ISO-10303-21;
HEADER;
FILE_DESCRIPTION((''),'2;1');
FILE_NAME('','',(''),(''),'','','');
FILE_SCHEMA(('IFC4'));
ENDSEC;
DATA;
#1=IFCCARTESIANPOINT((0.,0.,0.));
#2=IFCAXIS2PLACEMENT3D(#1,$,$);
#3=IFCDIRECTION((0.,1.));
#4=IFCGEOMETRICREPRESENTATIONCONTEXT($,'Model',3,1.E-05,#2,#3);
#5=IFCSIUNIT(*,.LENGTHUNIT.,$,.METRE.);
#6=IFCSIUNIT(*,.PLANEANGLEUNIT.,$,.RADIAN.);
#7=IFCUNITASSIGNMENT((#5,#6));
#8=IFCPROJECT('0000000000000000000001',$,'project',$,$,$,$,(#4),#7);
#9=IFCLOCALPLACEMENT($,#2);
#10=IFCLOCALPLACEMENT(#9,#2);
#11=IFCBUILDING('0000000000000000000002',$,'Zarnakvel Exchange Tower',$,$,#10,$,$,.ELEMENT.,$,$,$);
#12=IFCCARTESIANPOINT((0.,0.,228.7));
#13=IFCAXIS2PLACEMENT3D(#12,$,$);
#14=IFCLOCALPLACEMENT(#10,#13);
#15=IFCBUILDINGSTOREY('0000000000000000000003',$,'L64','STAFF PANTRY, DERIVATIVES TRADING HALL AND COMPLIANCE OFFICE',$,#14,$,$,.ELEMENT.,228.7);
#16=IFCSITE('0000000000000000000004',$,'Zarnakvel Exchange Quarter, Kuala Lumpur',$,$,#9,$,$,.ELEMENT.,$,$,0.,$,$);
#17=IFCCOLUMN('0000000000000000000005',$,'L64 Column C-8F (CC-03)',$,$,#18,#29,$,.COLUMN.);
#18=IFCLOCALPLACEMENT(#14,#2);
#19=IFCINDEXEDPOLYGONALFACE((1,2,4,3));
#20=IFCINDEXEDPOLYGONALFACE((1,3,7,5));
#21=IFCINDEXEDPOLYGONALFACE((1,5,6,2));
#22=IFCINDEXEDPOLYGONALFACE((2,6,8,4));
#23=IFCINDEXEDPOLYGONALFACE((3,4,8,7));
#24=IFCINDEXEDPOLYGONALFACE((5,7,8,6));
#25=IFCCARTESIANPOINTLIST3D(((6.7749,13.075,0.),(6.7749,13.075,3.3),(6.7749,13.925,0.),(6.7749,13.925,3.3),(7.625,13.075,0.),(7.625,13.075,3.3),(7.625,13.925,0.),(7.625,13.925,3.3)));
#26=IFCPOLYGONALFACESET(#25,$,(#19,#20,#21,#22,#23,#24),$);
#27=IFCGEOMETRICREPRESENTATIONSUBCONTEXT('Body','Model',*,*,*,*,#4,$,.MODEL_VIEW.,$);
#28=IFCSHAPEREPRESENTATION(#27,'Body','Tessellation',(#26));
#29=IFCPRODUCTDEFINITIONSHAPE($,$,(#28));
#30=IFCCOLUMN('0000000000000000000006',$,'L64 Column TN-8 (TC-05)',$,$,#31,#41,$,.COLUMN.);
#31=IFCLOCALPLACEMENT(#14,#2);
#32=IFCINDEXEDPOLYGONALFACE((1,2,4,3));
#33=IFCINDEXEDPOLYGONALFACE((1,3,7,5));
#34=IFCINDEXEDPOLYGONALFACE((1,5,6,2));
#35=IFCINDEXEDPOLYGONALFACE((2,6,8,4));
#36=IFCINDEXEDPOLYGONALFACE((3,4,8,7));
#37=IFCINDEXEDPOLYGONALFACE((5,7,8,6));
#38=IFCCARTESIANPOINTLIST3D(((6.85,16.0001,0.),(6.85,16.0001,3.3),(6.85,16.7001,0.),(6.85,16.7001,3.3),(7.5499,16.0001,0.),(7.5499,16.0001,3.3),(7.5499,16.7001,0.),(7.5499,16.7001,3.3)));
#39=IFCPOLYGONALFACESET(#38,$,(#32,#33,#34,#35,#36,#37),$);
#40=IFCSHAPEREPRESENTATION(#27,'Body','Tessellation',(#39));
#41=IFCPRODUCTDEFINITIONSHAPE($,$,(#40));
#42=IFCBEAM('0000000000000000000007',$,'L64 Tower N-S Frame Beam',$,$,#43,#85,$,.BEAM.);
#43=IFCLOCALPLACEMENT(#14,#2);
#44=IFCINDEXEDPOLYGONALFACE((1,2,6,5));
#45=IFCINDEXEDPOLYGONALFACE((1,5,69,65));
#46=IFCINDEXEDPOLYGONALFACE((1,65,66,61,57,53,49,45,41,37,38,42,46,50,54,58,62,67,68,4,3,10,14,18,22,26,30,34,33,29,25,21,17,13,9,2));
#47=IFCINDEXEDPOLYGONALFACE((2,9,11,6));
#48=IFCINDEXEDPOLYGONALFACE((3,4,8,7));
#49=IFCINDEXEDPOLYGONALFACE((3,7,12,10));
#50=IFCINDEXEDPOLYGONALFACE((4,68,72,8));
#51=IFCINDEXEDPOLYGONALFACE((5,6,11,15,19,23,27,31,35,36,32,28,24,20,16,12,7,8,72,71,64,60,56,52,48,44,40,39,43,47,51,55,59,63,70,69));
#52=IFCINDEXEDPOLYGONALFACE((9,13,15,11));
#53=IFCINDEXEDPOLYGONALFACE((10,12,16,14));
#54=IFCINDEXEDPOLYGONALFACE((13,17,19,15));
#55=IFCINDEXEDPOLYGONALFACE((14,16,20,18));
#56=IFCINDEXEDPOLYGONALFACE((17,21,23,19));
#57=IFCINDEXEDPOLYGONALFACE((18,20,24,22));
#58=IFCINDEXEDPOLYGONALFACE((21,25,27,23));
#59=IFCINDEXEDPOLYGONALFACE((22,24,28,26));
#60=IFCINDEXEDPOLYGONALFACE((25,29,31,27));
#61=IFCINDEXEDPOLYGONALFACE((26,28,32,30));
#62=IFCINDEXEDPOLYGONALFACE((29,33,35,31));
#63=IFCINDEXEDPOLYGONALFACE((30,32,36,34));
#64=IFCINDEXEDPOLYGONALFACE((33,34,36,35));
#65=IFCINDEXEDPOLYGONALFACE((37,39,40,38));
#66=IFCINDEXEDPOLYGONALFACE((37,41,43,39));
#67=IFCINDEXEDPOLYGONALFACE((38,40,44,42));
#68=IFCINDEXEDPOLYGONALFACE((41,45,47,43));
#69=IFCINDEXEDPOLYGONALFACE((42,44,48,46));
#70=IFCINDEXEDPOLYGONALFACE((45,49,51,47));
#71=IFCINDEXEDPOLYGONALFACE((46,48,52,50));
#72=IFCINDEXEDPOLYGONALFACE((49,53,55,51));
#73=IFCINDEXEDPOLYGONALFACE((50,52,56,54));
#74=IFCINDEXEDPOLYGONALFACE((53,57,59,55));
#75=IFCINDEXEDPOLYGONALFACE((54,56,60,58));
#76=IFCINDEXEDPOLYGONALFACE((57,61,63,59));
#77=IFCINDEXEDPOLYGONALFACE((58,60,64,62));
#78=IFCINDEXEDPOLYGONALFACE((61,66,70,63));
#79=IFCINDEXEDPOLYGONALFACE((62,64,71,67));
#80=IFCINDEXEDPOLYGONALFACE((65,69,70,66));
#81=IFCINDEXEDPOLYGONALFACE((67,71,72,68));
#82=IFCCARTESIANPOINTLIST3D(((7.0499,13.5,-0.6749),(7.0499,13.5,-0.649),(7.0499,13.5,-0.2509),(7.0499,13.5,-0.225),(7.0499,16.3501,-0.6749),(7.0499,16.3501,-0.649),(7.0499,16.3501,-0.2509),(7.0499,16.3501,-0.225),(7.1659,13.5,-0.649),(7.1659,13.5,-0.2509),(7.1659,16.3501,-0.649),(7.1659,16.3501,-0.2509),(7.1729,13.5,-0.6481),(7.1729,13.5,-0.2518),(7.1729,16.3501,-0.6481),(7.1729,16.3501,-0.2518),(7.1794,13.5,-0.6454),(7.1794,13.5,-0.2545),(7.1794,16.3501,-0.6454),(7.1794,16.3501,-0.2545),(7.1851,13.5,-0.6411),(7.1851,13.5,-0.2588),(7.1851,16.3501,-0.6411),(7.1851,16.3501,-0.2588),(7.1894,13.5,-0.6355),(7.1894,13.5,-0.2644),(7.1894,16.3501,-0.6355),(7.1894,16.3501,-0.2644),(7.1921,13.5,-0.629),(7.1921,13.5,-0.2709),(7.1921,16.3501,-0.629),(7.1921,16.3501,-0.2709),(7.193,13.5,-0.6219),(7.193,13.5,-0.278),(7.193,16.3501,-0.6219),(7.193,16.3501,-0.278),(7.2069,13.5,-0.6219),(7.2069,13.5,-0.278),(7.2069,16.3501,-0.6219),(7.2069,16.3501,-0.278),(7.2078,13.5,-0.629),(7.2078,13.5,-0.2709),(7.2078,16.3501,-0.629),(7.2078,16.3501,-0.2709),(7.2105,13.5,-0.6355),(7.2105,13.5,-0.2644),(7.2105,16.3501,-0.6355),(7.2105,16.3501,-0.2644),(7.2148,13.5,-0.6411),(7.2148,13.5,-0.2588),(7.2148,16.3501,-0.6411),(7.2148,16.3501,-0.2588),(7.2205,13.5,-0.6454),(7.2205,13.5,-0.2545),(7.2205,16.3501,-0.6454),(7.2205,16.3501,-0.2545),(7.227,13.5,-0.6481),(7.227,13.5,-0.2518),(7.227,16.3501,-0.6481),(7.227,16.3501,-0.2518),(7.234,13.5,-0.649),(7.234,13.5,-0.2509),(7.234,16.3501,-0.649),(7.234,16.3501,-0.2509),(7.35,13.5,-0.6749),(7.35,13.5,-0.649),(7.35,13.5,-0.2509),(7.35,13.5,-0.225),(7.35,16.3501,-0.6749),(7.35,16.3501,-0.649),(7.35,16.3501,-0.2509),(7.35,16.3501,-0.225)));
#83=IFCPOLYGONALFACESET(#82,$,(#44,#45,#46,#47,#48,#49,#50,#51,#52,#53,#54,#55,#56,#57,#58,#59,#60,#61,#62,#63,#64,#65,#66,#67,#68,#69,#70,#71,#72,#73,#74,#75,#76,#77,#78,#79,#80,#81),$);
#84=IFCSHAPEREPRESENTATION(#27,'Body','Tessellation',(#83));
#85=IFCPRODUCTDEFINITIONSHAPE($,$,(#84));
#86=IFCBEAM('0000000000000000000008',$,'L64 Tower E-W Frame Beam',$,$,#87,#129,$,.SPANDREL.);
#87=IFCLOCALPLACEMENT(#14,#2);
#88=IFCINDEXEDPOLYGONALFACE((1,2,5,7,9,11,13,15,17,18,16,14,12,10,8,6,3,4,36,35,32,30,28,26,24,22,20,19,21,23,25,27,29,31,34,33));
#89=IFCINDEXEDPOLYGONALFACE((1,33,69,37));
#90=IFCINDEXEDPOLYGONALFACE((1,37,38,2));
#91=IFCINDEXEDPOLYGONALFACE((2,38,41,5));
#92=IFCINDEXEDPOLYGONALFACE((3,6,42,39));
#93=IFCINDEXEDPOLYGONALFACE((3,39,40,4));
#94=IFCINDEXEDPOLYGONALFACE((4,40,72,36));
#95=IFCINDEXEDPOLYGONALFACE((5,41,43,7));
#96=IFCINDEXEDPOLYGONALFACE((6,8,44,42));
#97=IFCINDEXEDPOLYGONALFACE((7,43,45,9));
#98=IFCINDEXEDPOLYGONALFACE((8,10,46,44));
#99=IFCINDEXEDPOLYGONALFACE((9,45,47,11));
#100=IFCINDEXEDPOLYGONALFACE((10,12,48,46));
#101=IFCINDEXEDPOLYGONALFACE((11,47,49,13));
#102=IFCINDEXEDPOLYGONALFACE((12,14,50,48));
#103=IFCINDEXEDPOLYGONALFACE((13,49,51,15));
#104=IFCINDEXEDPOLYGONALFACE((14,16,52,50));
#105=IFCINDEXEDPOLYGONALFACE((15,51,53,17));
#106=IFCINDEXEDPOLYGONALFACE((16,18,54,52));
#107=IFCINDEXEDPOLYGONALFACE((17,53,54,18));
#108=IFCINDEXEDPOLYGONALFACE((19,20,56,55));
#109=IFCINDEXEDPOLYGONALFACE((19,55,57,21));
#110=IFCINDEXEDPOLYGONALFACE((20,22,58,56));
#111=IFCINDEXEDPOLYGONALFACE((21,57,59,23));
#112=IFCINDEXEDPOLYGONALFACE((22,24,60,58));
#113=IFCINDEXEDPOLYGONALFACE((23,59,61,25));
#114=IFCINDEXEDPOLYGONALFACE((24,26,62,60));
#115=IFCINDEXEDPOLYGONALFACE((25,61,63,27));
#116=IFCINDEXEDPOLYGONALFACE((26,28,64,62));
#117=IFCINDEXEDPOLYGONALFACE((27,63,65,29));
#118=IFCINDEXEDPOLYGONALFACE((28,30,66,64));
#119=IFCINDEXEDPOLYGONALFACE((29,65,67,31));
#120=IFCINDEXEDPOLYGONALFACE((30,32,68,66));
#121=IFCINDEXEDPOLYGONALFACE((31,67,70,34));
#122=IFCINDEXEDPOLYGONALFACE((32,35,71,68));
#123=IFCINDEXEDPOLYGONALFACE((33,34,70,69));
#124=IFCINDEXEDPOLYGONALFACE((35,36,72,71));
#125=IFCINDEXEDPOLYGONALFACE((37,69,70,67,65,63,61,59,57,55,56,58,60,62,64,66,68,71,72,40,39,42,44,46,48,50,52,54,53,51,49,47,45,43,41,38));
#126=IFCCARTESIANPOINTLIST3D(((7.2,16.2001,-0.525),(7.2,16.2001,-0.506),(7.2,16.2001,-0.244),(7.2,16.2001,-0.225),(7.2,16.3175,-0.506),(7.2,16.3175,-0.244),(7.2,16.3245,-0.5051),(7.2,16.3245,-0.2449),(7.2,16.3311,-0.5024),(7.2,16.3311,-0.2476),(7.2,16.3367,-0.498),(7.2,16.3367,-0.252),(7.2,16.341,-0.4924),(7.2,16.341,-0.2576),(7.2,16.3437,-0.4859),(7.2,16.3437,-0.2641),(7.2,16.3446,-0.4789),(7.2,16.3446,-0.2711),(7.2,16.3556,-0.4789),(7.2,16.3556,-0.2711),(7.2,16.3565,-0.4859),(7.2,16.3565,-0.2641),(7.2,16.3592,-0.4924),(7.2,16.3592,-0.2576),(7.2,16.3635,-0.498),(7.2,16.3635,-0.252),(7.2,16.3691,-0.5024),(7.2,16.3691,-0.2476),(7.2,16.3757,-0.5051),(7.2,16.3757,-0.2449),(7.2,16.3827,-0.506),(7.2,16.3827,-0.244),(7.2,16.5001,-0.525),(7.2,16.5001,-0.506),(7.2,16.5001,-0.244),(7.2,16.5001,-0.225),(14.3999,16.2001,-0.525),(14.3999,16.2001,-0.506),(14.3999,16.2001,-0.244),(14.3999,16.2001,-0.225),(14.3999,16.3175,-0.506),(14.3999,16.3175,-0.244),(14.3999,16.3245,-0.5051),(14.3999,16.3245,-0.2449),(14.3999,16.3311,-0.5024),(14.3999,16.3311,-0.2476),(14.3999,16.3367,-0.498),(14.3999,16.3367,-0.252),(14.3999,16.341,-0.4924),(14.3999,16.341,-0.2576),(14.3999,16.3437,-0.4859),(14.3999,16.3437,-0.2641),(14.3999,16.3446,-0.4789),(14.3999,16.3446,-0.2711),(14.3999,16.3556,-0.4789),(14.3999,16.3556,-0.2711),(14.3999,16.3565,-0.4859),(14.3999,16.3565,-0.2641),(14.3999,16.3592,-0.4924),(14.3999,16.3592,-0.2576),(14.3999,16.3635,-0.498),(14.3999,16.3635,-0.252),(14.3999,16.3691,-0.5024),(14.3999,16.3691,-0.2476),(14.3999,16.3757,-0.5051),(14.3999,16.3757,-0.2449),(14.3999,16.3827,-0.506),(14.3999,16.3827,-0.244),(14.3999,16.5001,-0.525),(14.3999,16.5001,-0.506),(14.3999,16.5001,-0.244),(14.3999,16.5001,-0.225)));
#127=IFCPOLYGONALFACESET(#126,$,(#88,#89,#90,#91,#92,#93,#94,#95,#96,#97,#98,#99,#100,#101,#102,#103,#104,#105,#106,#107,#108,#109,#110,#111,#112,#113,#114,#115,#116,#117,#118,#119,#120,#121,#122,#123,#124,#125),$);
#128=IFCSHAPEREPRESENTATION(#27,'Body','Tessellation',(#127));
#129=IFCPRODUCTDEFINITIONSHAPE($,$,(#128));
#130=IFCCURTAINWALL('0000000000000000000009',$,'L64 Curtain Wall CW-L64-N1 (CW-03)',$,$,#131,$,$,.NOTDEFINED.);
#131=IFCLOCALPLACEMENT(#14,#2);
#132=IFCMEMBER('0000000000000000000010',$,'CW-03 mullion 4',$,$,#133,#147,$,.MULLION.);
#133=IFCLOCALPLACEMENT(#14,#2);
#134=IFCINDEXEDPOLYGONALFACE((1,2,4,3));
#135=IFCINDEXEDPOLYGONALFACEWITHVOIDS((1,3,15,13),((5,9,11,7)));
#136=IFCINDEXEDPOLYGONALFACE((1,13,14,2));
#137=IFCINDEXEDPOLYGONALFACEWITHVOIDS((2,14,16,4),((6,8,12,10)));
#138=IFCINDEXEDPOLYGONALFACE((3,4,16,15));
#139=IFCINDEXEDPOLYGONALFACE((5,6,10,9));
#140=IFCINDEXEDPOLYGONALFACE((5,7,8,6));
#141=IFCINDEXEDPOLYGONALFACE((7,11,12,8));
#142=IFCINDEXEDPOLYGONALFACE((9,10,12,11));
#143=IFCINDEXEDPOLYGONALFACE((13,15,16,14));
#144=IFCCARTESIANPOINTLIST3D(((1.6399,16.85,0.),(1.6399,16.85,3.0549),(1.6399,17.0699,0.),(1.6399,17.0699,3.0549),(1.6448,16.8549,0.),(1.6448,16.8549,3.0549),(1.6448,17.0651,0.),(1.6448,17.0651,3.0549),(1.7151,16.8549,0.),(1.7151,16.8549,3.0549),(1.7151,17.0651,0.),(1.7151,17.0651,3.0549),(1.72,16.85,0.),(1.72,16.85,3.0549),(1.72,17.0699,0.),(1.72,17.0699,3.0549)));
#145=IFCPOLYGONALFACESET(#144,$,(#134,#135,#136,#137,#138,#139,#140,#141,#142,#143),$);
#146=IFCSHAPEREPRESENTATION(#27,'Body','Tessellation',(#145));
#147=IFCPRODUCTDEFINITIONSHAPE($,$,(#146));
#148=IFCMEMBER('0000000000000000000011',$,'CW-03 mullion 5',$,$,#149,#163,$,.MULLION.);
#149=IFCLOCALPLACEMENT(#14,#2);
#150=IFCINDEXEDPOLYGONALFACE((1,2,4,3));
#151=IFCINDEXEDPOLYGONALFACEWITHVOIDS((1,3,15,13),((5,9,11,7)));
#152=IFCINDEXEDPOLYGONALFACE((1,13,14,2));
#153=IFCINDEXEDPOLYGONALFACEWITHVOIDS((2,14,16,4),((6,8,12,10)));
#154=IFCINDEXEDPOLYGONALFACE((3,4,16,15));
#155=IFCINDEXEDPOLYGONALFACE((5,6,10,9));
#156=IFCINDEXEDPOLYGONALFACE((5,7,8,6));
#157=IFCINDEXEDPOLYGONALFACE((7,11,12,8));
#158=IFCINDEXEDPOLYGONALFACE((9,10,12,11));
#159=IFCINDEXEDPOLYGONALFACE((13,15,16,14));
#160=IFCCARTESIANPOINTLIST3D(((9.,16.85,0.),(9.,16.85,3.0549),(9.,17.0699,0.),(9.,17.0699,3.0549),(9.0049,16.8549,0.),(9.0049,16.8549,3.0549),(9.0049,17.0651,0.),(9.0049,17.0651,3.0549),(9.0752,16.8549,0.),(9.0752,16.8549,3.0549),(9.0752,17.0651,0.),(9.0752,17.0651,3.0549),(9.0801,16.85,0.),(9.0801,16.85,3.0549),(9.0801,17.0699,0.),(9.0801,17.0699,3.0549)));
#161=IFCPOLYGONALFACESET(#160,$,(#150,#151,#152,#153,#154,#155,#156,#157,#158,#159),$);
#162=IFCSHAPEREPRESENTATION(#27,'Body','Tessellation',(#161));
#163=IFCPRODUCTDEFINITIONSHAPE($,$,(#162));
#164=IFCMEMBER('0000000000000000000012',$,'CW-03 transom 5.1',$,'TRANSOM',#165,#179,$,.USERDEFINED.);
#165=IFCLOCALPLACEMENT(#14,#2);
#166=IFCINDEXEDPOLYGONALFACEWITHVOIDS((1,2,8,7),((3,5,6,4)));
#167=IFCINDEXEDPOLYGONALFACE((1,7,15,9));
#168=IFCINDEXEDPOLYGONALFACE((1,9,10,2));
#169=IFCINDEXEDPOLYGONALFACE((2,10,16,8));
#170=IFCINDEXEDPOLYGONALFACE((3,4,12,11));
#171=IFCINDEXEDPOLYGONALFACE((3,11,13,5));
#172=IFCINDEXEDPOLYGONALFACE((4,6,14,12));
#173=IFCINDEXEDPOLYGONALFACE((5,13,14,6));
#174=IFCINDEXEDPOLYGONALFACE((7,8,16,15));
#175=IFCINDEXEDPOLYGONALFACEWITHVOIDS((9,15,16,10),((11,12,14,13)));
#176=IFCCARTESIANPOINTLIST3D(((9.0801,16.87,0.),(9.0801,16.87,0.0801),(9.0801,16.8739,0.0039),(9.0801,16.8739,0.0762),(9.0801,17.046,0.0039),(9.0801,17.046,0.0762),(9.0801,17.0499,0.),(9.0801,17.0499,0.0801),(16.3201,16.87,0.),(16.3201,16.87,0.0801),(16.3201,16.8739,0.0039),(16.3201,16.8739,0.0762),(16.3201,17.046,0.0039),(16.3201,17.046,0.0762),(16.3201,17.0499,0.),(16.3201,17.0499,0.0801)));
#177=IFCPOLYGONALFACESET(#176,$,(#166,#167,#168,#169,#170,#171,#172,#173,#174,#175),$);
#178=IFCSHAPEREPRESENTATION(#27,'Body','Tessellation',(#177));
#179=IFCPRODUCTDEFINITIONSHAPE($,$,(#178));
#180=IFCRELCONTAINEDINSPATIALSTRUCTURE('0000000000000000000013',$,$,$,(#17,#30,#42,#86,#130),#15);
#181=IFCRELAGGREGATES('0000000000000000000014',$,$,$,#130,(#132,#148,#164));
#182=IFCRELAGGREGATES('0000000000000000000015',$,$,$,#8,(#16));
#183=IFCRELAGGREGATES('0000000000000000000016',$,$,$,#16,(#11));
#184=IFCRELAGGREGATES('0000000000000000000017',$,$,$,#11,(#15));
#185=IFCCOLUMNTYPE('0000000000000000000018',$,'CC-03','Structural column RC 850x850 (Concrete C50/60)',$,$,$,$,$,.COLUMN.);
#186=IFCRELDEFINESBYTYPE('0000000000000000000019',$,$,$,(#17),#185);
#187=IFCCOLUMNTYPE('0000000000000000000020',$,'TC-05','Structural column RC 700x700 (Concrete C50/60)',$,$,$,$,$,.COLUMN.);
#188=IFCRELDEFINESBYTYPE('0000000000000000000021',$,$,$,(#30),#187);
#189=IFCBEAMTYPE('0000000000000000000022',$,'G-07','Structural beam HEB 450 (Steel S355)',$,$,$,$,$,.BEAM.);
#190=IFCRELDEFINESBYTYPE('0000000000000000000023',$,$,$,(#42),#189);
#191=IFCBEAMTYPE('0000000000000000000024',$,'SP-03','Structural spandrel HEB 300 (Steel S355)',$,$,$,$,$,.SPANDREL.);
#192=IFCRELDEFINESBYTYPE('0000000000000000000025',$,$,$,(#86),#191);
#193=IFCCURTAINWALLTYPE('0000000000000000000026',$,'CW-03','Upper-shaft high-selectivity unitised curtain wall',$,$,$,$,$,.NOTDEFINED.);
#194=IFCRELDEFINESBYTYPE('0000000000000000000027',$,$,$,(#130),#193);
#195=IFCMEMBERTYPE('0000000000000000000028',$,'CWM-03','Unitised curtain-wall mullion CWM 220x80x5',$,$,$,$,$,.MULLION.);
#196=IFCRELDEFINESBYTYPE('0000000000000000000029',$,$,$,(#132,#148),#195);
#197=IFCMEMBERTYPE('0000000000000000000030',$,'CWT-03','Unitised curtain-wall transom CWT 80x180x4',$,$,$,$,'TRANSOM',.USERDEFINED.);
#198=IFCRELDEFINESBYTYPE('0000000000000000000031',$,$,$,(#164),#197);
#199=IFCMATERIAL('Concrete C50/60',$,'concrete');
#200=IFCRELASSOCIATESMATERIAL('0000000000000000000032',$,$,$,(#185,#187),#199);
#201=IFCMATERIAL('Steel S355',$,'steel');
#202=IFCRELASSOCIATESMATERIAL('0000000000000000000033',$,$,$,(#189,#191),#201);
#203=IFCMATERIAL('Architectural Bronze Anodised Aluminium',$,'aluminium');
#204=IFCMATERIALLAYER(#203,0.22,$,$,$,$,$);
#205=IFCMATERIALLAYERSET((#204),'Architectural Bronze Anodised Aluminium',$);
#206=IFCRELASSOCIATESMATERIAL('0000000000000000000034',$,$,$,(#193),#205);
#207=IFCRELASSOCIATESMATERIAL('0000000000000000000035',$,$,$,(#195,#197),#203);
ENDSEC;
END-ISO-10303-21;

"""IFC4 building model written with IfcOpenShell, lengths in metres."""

from ifc_helpers import new_model, si_unit, direction, frame, origin, origin_2d, place, context, subcontext, project, spatial, rectangle, hollow_rectangle, i_section, extrude, source, transform, mapped, material, layer, layer_set, material_profile, profile_set, type_object, element, aggregate, save


model = new_model("IFC4")

# Units and contexts
model_context = context("Model", 3, precision=1e-05, world=origin(), true_north=direction((0.0, 1.0)))
body_context = subcontext(model_context, "Body", "Model", "MODEL_VIEW")
ifc_project = project(units=[si_unit("LENGTHUNIT", "METRE"), si_unit("PLANEANGLEUNIT", "RADIAN")], contexts=[model_context])

# Site, building, storey
site_placement = place(None, origin())
site = spatial("IfcSite", under=ifc_project, at=site_placement, Name="Zarnakvel Exchange Quarter, Kuala Lumpur", CompositionType="ELEMENT", RefElevation=0.0)
building_placement = place(site_placement, origin())
building = spatial("IfcBuilding", under=site, at=building_placement, Name="Zarnakvel Exchange Tower", CompositionType="ELEMENT")
storey_placement = place(building_placement, frame((0.0, 0.0, 228.7)))
storey = spatial("IfcBuildingStorey", under=building, at=storey_placement, Name="L64", Description="STAFF PANTRY, DERIVATIVES TRADING HALL AND COMPLIANCE OFFICE", CompositionType="ELEMENT", Elevation=228.7)

# Columns
ifc_material_1 = material(Name="Concrete C50/60", Category="concrete")
ifc_material_profile_1 = material_profile(ifc_material_1, rectangle(XDim=0.8501, YDim=0.8501, at=origin_2d()))
ifc_profile_set_1 = profile_set([ifc_material_profile_1], Name="Concrete C50/60")
column_type_1 = type_object("IfcColumnType", Name="CC-03", Description="Structural column RC 850x850 (Concrete C50/60)", PredefinedType="COLUMN", material=ifc_profile_set_1)
column_1_placement = place(storey_placement, frame((7.2, 13.5, 0.0), z_axis=(0.0, 0.0, 1.0), x_axis=(1.0, 0.0, 0.0)))
element("IfcColumn", 1, at=column_1_placement, inside=storey, type_object=column_type_1, Name="L64 Column C-8F (CC-03)", PredefinedType="COLUMN", context=body_context, shape_type="SweptSolid", body=[
    extrude(rectangle(XDim=0.8501, YDim=0.8501, at=origin_2d()), origin(), (0.0, 0.0, 1.0), 3.3),
])
ifc_material_profile_2 = material_profile(ifc_material_1, rectangle(XDim=0.7, YDim=0.7, at=origin_2d()))
ifc_profile_set_2 = profile_set([ifc_material_profile_2], Name="Concrete C50/60")
column_type_2 = type_object("IfcColumnType", Name="TC-05", Description="Structural column RC 700x700 (Concrete C50/60)", PredefinedType="COLUMN", material=ifc_profile_set_2)
column_2_placement = place(storey_placement, frame((7.2, 16.3501, 0.0), z_axis=(0.0, 0.0, 1.0), x_axis=(1.0, 0.0, 0.0)))
element("IfcColumn", 2, at=column_2_placement, inside=storey, type_object=column_type_2, Name="L64 Column TN-8 (TC-05)", PredefinedType="COLUMN", context=body_context, shape_type="SweptSolid", body=[
    extrude(rectangle(XDim=0.7, YDim=0.7, at=origin_2d()), origin(), (0.0, 0.0, 1.0), 3.3),
])

# Beams
ifc_material_2 = material(Name="Steel S355", Category="steel")
ifc_material_profile_3 = material_profile(ifc_material_2, i_section(OverallWidth=0.3, OverallDepth=0.45, WebThickness=0.0139, FlangeThickness=0.0259, FilletRadius=0.0271, at=origin_2d()))
ifc_profile_set_3 = profile_set([ifc_material_profile_3], Name="Steel S355")
beam_type_1 = type_object("IfcBeamType", Name="G-07", Description="Structural beam HEB 450 (Steel S355)", PredefinedType="BEAM", material=ifc_profile_set_3)
beam_1_placement = place(storey_placement, frame((7.2, 13.5, -0.45), z_axis=(0.0, 1.0, 0.0), x_axis=(-1.0, 0.0, 0.0)))
element("IfcBeam", 3, at=beam_1_placement, inside=storey, type_object=beam_type_1, Name="L64 Tower N-S Frame Beam", PredefinedType="BEAM", context=body_context, shape_type="SweptSolid", body=[
    extrude(i_section(OverallWidth=0.3, OverallDepth=0.45, WebThickness=0.0139, FlangeThickness=0.0259, FilletRadius=0.0271, at=origin_2d()), origin(), (0.0, 0.0, 1.0), 2.8501),
])
ifc_material_profile_4 = material_profile(ifc_material_2, i_section(OverallWidth=0.3, OverallDepth=0.3, WebThickness=0.011, FlangeThickness=0.019, FilletRadius=0.0271, at=origin_2d()))
ifc_profile_set_4 = profile_set([ifc_material_profile_4], Name="Steel S355")
beam_type_2 = type_object("IfcBeamType", Name="SP-03", Description="Structural spandrel HEB 300 (Steel S355)", PredefinedType="SPANDREL", material=ifc_profile_set_4)
beam_2_placement = place(storey_placement, frame((7.2, 16.3501, -0.375), z_axis=(1.0, 0.0, 0.0), x_axis=(0.0, 1.0, 0.0)))
element("IfcBeam", 4, at=beam_2_placement, inside=storey, type_object=beam_type_2, Name="L64 Tower E-W Frame Beam", PredefinedType="SPANDREL", context=body_context, shape_type="SweptSolid", body=[
    extrude(i_section(OverallWidth=0.3, OverallDepth=0.3, WebThickness=0.011, FlangeThickness=0.019, FilletRadius=0.0271, at=origin_2d()), origin(), (0.0, 0.0, 1.0), 7.2),
])

# Curtain wall, members
ifc_material_3 = material(Name="Architectural Bronze Anodised Aluminium", Category="aluminium")
ifc_layer_1 = layer(ifc_material_3, 0.22)
ifc_layer_set_1 = layer_set([ifc_layer_1], Name="Architectural Bronze Anodised Aluminium")
curtain_wall_type = type_object("IfcCurtainWallType", Name="CW-03", Description="Upper-shaft high-selectivity unitised curtain wall", PredefinedType="NOTDEFINED", material=ifc_layer_set_1)
curtain_wall_placement = place(storey_placement, origin())
curtain_wall = element("IfcCurtainWall", 5, at=curtain_wall_placement, inside=storey, type_object=curtain_wall_type, Name="L64 Curtain Wall CW-L64-N1 (CW-03)", PredefinedType="NOTDEFINED")
ifc_material_profile_5 = material_profile(ifc_material_3, hollow_rectangle(XDim=0.22, YDim=0.0801, WallThickness=0.0049, at=origin_2d()))
ifc_profile_set_5 = profile_set([ifc_material_profile_5], Name="Architectural Bronze Anodised Aluminium")
member_type_1 = type_object("IfcMemberType", Name="CWM-03", Description="Unitised curtain-wall mullion CWM 220x80x5", PredefinedType="MULLION", material=ifc_profile_set_5)
shared_shape_1 = source(origin(), body_context, "Body", "SweptSolid", [
    extrude(hollow_rectangle(XDim=0.22, YDim=0.0801, WallThickness=0.0049, at=origin_2d()), origin(), (0.0, 0.0, 1.0), 3.0549),
])
member_1_placement = place(storey_placement, frame((1.6799, 16.96, 0.0), z_axis=(0.0, 0.0, 1.0), x_axis=(0.0, 1.0, 0.0)))
member_1 = element("IfcMember", 6, at=member_1_placement, type_object=member_type_1, Name="CW-03 mullion 4", PredefinedType="MULLION", context=body_context, shape_type="MappedRepresentation", body=[
    mapped(shared_shape_1, transform((0.0, 0.0, 0.0), x_axis=(1.0, 0.0, 0.0), y_axis=(0.0, 1.0, 0.0), z_axis=(0.0, 0.0, 1.0), scale=1.0)),
])
member_2_placement = place(storey_placement, frame((9.04, 16.96, 0.0), z_axis=(0.0, 0.0, 1.0), x_axis=(0.0, 1.0, 0.0)))
member_2 = element("IfcMember", 7, at=member_2_placement, type_object=member_type_1, Name="CW-03 mullion 5", PredefinedType="MULLION", context=body_context, shape_type="MappedRepresentation", body=[
    mapped(shared_shape_1, transform((0.0, 0.0, 0.0), x_axis=(1.0, 0.0, 0.0), y_axis=(0.0, 1.0, 0.0), z_axis=(0.0, 0.0, 1.0), scale=1.0)),
])
ifc_material_profile_6 = material_profile(ifc_material_3, hollow_rectangle(XDim=0.1799, YDim=0.0801, WallThickness=0.0039, at=origin_2d()))
ifc_profile_set_6 = profile_set([ifc_material_profile_6], Name="Architectural Bronze Anodised Aluminium")
member_type_2 = type_object("IfcMemberType", Name="CWT-03", Description="Unitised curtain-wall transom CWT 80x180x4", ElementType="TRANSOM", PredefinedType="USERDEFINED", material=ifc_profile_set_6)
shared_shape_2 = source(origin(), body_context, "Body", "SweptSolid", [
    extrude(hollow_rectangle(XDim=0.1799, YDim=0.0801, WallThickness=0.0039, at=origin_2d()), origin(), (0.0, 0.0, 1.0), 7.24),
])
member_3_placement = place(storey_placement, frame((9.0801, 16.96, 0.04), z_axis=(1.0, 0.0, 0.0), x_axis=(0.0, 1.0, 0.0)))
member_3 = element("IfcMember", 8, at=member_3_placement, type_object=member_type_2, Name="CW-03 transom 5.1", ObjectType="TRANSOM", PredefinedType="USERDEFINED", context=body_context, shape_type="MappedRepresentation", body=[
    mapped(shared_shape_2, transform((0.0, 0.0, 0.0), x_axis=(1.0, 0.0, 0.0), y_axis=(0.0, 1.0, 0.0), z_axis=(0.0, 0.0, 1.0), scale=1.0)),
])
aggregate(curtain_wall, [member_1, member_2, member_3])

save(model, "model.ifc")
